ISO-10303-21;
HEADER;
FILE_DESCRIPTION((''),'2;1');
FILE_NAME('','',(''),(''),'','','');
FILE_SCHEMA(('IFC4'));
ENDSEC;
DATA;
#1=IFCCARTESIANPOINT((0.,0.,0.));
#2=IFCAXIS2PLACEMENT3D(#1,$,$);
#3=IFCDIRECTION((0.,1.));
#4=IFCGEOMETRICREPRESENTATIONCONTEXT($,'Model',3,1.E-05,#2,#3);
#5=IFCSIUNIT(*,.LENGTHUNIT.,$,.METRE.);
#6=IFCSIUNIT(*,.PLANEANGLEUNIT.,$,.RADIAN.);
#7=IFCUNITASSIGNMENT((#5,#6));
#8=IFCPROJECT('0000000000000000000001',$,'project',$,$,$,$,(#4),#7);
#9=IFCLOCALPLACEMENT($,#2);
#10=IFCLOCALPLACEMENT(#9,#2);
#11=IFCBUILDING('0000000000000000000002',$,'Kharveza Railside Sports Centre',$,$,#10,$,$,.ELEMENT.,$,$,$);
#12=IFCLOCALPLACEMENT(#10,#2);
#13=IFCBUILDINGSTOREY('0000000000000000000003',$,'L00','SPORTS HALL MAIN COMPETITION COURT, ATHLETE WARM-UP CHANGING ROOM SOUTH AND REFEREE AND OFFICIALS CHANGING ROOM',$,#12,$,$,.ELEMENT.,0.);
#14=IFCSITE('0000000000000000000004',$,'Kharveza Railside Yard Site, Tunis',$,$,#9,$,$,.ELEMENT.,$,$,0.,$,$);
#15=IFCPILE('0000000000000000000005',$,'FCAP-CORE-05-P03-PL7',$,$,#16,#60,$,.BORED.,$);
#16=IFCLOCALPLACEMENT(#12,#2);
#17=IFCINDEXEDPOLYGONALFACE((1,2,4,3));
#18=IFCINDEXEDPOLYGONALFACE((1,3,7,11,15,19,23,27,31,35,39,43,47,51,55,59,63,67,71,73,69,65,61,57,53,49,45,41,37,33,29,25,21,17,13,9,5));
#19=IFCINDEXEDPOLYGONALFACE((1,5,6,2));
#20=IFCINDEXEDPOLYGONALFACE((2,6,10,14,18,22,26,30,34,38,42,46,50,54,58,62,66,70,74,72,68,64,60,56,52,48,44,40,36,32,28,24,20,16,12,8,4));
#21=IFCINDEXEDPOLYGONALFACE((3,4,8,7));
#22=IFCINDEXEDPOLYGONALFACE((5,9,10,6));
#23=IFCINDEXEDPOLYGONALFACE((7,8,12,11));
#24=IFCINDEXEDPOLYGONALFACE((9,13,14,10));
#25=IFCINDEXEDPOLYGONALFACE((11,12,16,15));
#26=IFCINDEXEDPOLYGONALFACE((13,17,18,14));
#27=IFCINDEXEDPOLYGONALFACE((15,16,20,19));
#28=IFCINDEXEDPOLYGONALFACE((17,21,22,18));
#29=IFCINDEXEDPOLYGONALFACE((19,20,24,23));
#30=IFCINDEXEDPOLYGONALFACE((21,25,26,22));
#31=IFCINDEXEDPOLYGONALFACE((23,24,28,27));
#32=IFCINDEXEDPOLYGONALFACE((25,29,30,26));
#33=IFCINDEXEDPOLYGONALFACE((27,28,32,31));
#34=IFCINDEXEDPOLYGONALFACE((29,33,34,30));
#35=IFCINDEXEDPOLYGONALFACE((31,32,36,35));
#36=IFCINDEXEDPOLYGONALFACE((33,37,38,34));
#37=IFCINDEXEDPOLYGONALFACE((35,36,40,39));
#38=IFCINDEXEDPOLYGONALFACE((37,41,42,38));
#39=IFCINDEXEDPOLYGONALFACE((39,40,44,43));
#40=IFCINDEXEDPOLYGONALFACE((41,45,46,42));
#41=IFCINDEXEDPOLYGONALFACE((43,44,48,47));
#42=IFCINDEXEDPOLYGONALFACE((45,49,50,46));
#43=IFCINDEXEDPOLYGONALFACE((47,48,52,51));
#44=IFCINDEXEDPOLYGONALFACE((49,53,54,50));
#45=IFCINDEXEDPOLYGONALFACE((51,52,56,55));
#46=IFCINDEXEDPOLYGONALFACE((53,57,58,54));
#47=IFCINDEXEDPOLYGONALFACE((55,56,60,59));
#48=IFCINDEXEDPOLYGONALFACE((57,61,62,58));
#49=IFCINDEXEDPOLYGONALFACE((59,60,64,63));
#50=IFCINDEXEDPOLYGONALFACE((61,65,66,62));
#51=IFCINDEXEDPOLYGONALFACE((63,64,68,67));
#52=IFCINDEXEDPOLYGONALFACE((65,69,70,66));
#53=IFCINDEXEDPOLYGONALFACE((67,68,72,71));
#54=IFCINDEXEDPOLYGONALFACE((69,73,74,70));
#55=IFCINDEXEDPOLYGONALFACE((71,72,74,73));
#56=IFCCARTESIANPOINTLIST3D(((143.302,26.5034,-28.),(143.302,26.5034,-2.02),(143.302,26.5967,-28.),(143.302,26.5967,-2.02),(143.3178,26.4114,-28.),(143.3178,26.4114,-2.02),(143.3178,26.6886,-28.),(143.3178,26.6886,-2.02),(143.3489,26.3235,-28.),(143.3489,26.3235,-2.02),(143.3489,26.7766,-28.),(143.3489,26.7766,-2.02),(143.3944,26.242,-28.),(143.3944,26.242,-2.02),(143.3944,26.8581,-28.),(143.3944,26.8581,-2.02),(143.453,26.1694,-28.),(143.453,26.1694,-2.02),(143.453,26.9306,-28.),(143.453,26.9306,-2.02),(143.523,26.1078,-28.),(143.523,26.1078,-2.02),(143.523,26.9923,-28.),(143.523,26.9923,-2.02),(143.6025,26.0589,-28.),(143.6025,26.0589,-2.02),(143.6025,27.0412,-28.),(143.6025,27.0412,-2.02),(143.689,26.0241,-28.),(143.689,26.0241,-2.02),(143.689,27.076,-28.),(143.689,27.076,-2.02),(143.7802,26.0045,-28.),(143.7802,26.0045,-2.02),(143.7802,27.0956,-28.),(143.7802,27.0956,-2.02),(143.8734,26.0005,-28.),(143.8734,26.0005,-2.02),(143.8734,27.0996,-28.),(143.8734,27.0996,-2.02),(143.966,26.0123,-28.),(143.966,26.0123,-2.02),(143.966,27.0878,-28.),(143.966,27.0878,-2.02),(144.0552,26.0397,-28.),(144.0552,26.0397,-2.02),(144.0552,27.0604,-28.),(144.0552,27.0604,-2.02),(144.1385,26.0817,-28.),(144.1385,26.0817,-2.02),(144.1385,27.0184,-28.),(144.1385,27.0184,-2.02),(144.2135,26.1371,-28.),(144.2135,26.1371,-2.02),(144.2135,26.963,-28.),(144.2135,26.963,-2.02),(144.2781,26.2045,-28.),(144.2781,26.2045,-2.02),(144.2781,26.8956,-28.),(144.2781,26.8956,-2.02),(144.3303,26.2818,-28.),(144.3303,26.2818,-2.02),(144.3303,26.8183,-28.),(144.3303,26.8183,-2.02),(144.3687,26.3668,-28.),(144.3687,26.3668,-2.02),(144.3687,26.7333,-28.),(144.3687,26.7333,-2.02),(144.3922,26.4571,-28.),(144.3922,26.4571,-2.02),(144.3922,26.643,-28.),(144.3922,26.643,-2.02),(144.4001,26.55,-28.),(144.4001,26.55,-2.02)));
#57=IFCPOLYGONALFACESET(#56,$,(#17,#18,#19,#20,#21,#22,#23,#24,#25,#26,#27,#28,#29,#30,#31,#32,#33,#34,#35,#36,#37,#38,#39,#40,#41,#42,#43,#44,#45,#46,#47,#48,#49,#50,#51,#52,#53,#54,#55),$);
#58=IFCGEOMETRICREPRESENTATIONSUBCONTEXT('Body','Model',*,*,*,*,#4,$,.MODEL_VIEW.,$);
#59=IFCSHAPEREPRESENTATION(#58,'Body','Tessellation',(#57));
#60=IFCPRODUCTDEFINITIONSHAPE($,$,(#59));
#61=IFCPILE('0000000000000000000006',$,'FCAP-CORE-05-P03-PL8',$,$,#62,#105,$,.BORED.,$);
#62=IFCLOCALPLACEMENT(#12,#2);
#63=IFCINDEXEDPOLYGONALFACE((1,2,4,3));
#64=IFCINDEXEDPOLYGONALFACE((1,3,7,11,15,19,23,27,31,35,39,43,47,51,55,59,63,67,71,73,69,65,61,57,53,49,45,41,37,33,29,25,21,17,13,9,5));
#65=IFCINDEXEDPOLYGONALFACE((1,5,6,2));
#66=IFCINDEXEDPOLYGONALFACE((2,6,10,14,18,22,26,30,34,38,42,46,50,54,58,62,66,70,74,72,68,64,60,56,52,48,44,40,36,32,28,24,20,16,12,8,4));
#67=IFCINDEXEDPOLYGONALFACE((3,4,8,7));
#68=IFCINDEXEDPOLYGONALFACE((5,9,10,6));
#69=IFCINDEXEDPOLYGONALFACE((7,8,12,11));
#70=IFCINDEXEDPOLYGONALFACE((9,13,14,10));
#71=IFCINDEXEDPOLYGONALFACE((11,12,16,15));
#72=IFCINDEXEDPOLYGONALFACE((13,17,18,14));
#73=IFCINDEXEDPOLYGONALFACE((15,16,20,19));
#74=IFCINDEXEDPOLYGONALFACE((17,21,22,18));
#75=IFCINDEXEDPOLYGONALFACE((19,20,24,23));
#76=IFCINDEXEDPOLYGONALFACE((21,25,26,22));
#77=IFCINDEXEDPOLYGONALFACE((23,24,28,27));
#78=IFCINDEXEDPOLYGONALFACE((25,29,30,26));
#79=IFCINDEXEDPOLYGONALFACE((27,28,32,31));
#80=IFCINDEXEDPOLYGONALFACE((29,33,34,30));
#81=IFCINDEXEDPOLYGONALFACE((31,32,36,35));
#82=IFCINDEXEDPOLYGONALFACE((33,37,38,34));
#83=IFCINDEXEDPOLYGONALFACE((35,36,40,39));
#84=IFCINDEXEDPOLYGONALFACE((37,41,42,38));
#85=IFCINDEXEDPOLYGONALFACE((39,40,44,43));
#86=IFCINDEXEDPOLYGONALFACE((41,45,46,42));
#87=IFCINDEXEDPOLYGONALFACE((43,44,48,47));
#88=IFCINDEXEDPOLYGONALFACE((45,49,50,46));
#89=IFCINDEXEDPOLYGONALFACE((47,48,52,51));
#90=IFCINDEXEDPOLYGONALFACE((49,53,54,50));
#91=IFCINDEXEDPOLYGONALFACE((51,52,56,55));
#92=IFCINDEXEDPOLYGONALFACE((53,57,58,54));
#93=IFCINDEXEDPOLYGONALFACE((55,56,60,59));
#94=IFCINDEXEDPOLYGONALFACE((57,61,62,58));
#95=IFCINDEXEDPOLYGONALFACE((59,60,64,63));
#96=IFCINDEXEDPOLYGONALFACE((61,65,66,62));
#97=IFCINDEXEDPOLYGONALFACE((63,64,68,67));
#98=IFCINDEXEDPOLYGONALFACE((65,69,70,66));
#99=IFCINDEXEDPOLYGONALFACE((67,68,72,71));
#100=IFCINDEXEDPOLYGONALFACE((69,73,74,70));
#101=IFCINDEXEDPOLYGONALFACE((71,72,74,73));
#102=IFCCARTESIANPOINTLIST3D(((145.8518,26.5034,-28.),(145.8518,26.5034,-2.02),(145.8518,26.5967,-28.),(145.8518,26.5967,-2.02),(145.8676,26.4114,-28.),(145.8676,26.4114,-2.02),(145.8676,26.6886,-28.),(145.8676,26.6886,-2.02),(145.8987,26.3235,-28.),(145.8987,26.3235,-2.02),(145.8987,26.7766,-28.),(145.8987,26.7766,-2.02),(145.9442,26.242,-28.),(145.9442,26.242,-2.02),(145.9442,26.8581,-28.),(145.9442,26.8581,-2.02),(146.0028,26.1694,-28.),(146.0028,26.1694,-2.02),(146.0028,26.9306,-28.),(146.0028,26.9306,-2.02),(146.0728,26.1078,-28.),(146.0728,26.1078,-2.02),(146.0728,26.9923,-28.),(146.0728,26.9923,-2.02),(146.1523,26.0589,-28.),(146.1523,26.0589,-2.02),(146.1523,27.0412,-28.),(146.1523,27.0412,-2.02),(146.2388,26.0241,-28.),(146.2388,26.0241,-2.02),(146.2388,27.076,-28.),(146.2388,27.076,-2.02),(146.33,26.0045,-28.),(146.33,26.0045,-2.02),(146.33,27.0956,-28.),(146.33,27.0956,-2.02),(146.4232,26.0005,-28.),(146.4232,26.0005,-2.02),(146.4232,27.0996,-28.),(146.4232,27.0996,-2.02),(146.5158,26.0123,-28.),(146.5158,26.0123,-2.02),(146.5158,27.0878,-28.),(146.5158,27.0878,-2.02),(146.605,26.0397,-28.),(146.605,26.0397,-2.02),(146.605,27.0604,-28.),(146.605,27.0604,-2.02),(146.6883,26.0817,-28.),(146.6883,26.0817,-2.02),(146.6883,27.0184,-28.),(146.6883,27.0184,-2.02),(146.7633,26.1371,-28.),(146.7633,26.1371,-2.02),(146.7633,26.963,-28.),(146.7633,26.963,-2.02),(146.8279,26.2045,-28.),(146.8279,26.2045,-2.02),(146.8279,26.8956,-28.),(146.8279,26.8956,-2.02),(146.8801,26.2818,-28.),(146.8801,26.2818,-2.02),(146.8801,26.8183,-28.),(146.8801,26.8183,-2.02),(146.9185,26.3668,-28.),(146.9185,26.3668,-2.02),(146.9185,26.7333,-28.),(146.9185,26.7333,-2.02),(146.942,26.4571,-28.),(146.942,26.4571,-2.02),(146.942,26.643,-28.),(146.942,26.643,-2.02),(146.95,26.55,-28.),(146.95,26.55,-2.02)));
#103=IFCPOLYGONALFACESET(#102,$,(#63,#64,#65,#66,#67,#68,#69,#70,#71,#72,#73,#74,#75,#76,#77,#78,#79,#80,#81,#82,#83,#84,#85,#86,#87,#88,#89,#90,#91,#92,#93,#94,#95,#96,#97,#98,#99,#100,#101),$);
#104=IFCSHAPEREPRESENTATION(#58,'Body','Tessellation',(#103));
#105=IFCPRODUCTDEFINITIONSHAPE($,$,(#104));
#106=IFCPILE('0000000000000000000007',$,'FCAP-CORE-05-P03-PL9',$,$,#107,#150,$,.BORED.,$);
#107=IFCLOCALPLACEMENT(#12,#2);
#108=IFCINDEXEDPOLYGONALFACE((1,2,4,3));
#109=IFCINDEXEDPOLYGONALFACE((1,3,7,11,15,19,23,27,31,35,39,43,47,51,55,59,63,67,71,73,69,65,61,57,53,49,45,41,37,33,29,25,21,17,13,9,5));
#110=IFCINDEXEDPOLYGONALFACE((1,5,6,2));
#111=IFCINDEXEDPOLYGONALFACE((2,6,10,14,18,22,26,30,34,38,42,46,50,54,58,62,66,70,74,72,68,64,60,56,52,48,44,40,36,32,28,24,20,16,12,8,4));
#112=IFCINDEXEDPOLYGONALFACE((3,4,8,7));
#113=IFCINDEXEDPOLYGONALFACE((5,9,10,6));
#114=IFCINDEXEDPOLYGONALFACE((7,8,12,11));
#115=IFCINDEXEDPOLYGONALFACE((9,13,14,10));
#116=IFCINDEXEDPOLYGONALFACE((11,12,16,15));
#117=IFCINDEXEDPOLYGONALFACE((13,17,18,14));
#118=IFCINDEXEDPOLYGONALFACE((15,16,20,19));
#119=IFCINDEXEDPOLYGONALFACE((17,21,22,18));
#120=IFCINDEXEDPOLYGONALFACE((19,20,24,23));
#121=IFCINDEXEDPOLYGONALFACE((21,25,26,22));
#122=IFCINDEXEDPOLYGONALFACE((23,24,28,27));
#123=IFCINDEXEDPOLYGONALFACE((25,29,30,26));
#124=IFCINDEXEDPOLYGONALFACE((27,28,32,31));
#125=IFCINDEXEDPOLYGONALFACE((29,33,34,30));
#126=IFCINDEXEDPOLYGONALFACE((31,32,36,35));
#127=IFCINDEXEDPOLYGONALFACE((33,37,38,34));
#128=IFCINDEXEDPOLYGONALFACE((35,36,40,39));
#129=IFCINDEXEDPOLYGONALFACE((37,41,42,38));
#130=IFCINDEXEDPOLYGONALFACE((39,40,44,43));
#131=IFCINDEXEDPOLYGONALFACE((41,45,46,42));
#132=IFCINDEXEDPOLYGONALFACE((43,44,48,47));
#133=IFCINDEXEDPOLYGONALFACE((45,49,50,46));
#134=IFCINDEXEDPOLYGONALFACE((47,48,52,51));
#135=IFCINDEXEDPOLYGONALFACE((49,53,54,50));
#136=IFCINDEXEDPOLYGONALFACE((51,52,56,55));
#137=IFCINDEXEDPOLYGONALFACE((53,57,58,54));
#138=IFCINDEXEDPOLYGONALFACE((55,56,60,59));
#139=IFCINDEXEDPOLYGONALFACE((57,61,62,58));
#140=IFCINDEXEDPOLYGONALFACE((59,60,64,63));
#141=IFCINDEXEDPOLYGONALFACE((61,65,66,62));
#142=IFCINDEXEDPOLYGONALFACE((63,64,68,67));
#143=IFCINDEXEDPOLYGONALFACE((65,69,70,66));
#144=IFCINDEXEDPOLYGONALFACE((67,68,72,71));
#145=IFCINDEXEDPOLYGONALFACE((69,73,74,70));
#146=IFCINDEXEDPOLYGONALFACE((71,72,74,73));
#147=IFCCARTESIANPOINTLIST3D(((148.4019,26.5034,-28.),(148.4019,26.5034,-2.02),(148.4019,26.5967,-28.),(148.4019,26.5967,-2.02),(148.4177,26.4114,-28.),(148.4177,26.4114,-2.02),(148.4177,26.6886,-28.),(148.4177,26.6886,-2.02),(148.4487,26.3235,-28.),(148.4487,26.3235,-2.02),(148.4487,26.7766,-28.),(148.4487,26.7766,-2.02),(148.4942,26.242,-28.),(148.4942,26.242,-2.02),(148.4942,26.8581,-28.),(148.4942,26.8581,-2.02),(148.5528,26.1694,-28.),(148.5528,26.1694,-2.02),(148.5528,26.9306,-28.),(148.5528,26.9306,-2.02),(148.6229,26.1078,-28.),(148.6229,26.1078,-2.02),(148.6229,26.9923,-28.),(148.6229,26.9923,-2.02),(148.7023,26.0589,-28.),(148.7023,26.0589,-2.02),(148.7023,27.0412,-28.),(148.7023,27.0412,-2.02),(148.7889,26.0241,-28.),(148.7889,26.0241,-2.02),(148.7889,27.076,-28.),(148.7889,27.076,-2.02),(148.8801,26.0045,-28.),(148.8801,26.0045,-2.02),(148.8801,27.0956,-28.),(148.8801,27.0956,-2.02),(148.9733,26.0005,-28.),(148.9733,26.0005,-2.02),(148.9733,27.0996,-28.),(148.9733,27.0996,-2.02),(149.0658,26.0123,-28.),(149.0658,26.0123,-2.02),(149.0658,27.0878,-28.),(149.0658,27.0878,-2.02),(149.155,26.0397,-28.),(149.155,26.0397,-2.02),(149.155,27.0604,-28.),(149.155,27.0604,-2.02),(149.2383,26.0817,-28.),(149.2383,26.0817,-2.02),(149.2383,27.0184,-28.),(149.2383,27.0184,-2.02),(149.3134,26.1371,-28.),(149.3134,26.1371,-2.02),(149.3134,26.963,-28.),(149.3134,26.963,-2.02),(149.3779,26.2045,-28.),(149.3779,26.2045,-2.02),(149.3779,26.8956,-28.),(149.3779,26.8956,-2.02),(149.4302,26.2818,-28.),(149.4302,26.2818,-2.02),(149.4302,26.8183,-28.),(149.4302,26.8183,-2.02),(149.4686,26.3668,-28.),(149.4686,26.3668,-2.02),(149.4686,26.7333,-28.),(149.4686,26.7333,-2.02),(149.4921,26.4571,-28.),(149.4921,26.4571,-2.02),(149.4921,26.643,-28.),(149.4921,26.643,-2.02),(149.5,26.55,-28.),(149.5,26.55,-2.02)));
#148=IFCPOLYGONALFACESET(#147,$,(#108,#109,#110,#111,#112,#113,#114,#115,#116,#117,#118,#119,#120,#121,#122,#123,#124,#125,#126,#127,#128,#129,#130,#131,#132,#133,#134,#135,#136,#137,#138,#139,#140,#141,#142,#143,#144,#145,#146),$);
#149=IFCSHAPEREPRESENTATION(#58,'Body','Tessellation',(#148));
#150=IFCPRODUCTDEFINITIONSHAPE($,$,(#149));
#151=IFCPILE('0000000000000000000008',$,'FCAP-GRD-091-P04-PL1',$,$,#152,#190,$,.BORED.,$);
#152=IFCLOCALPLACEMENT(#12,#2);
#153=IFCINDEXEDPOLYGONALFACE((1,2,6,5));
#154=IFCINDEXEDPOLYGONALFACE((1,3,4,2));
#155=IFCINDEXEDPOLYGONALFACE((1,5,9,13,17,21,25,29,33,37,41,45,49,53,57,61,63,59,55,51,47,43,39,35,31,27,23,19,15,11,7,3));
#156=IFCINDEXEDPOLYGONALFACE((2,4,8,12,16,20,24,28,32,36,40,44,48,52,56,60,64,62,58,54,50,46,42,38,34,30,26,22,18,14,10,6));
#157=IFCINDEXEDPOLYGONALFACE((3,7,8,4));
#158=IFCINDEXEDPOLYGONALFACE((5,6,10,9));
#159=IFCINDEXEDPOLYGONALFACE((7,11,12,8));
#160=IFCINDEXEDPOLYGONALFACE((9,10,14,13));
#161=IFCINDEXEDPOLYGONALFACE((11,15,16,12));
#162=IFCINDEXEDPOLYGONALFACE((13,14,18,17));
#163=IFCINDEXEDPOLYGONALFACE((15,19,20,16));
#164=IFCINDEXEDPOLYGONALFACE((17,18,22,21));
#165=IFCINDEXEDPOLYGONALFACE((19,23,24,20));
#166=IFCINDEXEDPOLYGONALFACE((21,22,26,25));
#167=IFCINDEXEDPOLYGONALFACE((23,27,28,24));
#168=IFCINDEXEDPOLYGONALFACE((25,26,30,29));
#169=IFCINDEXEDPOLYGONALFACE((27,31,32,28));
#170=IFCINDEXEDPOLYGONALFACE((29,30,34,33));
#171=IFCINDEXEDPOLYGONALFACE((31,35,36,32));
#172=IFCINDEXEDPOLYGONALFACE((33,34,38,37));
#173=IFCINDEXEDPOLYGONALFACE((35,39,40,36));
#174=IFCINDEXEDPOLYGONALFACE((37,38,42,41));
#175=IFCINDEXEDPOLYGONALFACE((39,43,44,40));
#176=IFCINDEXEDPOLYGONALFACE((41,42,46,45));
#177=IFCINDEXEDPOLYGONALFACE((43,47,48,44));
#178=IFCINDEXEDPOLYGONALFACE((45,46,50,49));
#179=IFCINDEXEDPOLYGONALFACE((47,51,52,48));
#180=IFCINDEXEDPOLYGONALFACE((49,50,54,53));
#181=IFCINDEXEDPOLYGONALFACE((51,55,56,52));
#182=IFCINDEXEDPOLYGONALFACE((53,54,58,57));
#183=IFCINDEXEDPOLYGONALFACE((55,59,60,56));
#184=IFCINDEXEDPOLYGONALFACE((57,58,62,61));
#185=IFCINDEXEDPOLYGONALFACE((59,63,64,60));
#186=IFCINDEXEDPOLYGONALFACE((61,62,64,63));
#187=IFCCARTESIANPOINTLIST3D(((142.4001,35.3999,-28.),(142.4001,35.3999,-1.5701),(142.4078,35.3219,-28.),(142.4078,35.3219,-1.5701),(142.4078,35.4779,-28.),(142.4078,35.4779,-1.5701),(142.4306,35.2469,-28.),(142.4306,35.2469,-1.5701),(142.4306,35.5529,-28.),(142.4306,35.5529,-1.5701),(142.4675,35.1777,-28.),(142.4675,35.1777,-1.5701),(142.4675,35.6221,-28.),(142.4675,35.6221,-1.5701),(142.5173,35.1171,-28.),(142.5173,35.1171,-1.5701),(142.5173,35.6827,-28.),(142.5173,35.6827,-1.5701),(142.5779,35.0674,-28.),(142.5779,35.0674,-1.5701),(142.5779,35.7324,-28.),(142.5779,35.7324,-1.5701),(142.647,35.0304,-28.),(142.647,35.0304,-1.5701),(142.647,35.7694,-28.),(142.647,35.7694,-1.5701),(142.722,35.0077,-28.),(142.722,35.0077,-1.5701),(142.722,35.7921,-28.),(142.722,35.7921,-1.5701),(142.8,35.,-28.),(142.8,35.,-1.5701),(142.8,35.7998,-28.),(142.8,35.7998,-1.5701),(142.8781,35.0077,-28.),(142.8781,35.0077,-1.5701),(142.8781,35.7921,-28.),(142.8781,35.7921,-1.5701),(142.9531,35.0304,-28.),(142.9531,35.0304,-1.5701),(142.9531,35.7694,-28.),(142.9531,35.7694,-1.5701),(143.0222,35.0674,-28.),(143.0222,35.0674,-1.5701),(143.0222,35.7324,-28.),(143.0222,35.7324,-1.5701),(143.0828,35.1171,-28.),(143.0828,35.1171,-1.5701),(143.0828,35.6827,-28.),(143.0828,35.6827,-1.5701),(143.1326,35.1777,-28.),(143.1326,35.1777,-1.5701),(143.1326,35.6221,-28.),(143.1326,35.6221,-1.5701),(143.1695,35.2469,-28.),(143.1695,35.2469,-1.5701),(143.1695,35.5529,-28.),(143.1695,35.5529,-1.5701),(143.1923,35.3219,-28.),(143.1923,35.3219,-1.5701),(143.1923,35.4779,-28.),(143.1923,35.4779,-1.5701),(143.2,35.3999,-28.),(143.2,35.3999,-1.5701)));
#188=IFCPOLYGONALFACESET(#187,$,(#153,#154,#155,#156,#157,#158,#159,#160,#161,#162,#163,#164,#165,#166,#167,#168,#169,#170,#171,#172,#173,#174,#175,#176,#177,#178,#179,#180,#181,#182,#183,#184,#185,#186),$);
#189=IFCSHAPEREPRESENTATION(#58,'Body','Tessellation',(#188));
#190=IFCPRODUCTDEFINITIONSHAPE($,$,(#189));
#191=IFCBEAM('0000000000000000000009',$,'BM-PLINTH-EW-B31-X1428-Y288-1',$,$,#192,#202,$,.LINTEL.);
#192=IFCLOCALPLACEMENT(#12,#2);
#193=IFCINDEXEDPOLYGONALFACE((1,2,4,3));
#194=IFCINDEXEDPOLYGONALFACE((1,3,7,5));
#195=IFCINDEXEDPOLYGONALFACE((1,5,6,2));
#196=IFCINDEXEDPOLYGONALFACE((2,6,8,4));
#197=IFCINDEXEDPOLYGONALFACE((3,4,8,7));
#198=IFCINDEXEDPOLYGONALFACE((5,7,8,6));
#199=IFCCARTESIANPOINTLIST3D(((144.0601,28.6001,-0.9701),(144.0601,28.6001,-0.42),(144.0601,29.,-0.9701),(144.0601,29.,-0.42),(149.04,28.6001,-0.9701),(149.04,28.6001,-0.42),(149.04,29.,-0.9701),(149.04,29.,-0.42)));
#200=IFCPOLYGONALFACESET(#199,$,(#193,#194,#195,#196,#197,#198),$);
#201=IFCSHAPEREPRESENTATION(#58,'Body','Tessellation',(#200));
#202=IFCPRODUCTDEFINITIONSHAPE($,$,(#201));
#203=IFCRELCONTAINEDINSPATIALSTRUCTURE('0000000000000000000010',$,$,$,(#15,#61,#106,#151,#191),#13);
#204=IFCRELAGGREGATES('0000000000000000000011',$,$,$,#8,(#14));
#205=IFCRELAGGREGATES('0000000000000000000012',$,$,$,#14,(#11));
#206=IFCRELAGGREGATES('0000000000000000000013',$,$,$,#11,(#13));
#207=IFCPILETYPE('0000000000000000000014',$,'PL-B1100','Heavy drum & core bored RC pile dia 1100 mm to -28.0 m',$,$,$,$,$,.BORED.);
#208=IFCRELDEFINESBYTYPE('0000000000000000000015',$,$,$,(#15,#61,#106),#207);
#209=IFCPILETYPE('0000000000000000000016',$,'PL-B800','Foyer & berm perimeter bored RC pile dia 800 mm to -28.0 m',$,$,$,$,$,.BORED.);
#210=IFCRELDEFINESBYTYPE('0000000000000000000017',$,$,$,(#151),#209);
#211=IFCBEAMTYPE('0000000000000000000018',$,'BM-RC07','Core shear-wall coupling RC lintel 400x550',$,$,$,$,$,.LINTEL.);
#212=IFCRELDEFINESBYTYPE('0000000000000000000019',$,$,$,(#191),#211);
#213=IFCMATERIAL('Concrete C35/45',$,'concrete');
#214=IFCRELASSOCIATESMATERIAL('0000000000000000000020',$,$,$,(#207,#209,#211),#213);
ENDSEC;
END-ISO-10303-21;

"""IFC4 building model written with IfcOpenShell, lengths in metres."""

from ifc_helpers import new_model, si_unit, direction, frame, origin, origin_2d, place, context, subcontext, project, spatial, rectangle, circle, extrude, material, material_profile, profile_set, type_object, element, save


model = new_model("IFC4")

# Units and contexts
model_context = context("Model", 3, precision=1e-05, world=origin(), true_north=direction((0.0, 1.0)))
body_context = subcontext(model_context, "Body", "Model", "MODEL_VIEW")
ifc_project = project(units=[si_unit("LENGTHUNIT", "METRE"), si_unit("PLANEANGLEUNIT", "RADIAN")], contexts=[model_context])

# Site, building, storey
site_placement = place(None, origin())
site = spatial("IfcSite", under=ifc_project, at=site_placement, Name="Kharveza Railside Yard Site, Tunis", CompositionType="ELEMENT", RefElevation=0.0)
building_placement = place(site_placement, origin())
building = spatial("IfcBuilding", under=site, at=building_placement, Name="Kharveza Railside Sports Centre", CompositionType="ELEMENT")
storey_placement = place(building_placement, origin())
storey = spatial("IfcBuildingStorey", under=building, at=storey_placement, Name="L00", Description="SPORTS HALL MAIN COMPETITION COURT, ATHLETE WARM-UP CHANGING ROOM SOUTH AND REFEREE AND OFFICIALS CHANGING ROOM", CompositionType="ELEMENT", Elevation=0.0)

# Shared definitions
ifc_material_1 = material(Name="Concrete C35/45", Category="concrete")

# Piles
ifc_material_profile_1 = material_profile(ifc_material_1, circle(Radius=0.55, at=origin_2d()), Name="PILE D1100")
ifc_profile_set_1 = profile_set([ifc_material_profile_1], Name="Concrete C35/45")
pile_type_1 = type_object("IfcPileType", Name="PL-B1100", Description="Heavy drum & core bored RC pile dia 1100 mm to -28.0 m", PredefinedType="BORED", material=ifc_profile_set_1)
for number, where, z_axis, x_axis, name in (
    (1, (143.8501, 26.55, -2.02), (0.0, 0.0, -1.0), (1.0, 0.0, 0.0), "FCAP-CORE-05-P03-PL7"),
    (2, (146.3999, 26.55, -2.02), (0.0, 0.0, -1.0), (1.0, 0.0, 0.0), "FCAP-CORE-05-P03-PL8"),
    (3, (148.95, 26.55, -2.02), (0.0, 0.0, -1.0), (1.0, 0.0, 0.0), "FCAP-CORE-05-P03-PL9"),
):
    element("IfcPile", number, at=place(storey_placement, frame(where, z_axis=z_axis, x_axis=x_axis)), inside=storey, type_object=pile_type_1, Name=name, PredefinedType="BORED", context=body_context, shape_type="SweptSolid", body=[
        extrude(circle(Radius=0.55, at=origin_2d()), origin(), (0.0, 0.0, 1.0), 25.98),
    ])
ifc_material_profile_2 = material_profile(ifc_material_1, circle(Radius=0.3999, at=origin_2d()), Name="PILE D800")
ifc_profile_set_2 = profile_set([ifc_material_profile_2], Name="Concrete C35/45")
pile_type_2 = type_object("IfcPileType", Name="PL-B800", Description="Foyer & berm perimeter bored RC pile dia 800 mm to -28.0 m", PredefinedType="BORED", material=ifc_profile_set_2)
pile_placement = place(storey_placement, frame((142.8, 35.3999, -1.5701), z_axis=(0.0, 0.0, -1.0), x_axis=(1.0, 0.0, 0.0)))
element("IfcPile", 4, at=pile_placement, inside=storey, type_object=pile_type_2, Name="FCAP-GRD-091-P04-PL1", PredefinedType="BORED", context=body_context, shape_type="SweptSolid", body=[
    extrude(circle(Radius=0.3999, at=origin_2d()), origin(), (0.0, 0.0, 1.0), 26.4299),
])

# Beam
ifc_material_profile_3 = material_profile(ifc_material_1, rectangle(XDim=0.3999, YDim=0.55, at=origin_2d()), Name="RCB 400x550")
ifc_profile_set_3 = profile_set([ifc_material_profile_3], Name="Concrete C35/45")
beam_type_1 = type_object("IfcBeamType", Name="BM-RC07", Description="Core shear-wall coupling RC lintel 400x550", PredefinedType="LINTEL", material=ifc_profile_set_3)
beam_1_placement = place(storey_placement, frame((144.0601, 28.8, -0.6951), z_axis=(1.0, 0.0, 0.0), x_axis=(0.0, 1.0, 0.0)))
element("IfcBeam", 5, at=beam_1_placement, inside=storey, type_object=beam_type_1, Name="BM-PLINTH-EW-B31-X1428-Y288-1", PredefinedType="LINTEL", context=body_context, shape_type="SweptSolid", body=[
    extrude(rectangle(XDim=0.3999, YDim=0.55, at=origin_2d()), origin(), (0.0, 0.0, 1.0), 4.98),
])

save(model, "model.ifc")
